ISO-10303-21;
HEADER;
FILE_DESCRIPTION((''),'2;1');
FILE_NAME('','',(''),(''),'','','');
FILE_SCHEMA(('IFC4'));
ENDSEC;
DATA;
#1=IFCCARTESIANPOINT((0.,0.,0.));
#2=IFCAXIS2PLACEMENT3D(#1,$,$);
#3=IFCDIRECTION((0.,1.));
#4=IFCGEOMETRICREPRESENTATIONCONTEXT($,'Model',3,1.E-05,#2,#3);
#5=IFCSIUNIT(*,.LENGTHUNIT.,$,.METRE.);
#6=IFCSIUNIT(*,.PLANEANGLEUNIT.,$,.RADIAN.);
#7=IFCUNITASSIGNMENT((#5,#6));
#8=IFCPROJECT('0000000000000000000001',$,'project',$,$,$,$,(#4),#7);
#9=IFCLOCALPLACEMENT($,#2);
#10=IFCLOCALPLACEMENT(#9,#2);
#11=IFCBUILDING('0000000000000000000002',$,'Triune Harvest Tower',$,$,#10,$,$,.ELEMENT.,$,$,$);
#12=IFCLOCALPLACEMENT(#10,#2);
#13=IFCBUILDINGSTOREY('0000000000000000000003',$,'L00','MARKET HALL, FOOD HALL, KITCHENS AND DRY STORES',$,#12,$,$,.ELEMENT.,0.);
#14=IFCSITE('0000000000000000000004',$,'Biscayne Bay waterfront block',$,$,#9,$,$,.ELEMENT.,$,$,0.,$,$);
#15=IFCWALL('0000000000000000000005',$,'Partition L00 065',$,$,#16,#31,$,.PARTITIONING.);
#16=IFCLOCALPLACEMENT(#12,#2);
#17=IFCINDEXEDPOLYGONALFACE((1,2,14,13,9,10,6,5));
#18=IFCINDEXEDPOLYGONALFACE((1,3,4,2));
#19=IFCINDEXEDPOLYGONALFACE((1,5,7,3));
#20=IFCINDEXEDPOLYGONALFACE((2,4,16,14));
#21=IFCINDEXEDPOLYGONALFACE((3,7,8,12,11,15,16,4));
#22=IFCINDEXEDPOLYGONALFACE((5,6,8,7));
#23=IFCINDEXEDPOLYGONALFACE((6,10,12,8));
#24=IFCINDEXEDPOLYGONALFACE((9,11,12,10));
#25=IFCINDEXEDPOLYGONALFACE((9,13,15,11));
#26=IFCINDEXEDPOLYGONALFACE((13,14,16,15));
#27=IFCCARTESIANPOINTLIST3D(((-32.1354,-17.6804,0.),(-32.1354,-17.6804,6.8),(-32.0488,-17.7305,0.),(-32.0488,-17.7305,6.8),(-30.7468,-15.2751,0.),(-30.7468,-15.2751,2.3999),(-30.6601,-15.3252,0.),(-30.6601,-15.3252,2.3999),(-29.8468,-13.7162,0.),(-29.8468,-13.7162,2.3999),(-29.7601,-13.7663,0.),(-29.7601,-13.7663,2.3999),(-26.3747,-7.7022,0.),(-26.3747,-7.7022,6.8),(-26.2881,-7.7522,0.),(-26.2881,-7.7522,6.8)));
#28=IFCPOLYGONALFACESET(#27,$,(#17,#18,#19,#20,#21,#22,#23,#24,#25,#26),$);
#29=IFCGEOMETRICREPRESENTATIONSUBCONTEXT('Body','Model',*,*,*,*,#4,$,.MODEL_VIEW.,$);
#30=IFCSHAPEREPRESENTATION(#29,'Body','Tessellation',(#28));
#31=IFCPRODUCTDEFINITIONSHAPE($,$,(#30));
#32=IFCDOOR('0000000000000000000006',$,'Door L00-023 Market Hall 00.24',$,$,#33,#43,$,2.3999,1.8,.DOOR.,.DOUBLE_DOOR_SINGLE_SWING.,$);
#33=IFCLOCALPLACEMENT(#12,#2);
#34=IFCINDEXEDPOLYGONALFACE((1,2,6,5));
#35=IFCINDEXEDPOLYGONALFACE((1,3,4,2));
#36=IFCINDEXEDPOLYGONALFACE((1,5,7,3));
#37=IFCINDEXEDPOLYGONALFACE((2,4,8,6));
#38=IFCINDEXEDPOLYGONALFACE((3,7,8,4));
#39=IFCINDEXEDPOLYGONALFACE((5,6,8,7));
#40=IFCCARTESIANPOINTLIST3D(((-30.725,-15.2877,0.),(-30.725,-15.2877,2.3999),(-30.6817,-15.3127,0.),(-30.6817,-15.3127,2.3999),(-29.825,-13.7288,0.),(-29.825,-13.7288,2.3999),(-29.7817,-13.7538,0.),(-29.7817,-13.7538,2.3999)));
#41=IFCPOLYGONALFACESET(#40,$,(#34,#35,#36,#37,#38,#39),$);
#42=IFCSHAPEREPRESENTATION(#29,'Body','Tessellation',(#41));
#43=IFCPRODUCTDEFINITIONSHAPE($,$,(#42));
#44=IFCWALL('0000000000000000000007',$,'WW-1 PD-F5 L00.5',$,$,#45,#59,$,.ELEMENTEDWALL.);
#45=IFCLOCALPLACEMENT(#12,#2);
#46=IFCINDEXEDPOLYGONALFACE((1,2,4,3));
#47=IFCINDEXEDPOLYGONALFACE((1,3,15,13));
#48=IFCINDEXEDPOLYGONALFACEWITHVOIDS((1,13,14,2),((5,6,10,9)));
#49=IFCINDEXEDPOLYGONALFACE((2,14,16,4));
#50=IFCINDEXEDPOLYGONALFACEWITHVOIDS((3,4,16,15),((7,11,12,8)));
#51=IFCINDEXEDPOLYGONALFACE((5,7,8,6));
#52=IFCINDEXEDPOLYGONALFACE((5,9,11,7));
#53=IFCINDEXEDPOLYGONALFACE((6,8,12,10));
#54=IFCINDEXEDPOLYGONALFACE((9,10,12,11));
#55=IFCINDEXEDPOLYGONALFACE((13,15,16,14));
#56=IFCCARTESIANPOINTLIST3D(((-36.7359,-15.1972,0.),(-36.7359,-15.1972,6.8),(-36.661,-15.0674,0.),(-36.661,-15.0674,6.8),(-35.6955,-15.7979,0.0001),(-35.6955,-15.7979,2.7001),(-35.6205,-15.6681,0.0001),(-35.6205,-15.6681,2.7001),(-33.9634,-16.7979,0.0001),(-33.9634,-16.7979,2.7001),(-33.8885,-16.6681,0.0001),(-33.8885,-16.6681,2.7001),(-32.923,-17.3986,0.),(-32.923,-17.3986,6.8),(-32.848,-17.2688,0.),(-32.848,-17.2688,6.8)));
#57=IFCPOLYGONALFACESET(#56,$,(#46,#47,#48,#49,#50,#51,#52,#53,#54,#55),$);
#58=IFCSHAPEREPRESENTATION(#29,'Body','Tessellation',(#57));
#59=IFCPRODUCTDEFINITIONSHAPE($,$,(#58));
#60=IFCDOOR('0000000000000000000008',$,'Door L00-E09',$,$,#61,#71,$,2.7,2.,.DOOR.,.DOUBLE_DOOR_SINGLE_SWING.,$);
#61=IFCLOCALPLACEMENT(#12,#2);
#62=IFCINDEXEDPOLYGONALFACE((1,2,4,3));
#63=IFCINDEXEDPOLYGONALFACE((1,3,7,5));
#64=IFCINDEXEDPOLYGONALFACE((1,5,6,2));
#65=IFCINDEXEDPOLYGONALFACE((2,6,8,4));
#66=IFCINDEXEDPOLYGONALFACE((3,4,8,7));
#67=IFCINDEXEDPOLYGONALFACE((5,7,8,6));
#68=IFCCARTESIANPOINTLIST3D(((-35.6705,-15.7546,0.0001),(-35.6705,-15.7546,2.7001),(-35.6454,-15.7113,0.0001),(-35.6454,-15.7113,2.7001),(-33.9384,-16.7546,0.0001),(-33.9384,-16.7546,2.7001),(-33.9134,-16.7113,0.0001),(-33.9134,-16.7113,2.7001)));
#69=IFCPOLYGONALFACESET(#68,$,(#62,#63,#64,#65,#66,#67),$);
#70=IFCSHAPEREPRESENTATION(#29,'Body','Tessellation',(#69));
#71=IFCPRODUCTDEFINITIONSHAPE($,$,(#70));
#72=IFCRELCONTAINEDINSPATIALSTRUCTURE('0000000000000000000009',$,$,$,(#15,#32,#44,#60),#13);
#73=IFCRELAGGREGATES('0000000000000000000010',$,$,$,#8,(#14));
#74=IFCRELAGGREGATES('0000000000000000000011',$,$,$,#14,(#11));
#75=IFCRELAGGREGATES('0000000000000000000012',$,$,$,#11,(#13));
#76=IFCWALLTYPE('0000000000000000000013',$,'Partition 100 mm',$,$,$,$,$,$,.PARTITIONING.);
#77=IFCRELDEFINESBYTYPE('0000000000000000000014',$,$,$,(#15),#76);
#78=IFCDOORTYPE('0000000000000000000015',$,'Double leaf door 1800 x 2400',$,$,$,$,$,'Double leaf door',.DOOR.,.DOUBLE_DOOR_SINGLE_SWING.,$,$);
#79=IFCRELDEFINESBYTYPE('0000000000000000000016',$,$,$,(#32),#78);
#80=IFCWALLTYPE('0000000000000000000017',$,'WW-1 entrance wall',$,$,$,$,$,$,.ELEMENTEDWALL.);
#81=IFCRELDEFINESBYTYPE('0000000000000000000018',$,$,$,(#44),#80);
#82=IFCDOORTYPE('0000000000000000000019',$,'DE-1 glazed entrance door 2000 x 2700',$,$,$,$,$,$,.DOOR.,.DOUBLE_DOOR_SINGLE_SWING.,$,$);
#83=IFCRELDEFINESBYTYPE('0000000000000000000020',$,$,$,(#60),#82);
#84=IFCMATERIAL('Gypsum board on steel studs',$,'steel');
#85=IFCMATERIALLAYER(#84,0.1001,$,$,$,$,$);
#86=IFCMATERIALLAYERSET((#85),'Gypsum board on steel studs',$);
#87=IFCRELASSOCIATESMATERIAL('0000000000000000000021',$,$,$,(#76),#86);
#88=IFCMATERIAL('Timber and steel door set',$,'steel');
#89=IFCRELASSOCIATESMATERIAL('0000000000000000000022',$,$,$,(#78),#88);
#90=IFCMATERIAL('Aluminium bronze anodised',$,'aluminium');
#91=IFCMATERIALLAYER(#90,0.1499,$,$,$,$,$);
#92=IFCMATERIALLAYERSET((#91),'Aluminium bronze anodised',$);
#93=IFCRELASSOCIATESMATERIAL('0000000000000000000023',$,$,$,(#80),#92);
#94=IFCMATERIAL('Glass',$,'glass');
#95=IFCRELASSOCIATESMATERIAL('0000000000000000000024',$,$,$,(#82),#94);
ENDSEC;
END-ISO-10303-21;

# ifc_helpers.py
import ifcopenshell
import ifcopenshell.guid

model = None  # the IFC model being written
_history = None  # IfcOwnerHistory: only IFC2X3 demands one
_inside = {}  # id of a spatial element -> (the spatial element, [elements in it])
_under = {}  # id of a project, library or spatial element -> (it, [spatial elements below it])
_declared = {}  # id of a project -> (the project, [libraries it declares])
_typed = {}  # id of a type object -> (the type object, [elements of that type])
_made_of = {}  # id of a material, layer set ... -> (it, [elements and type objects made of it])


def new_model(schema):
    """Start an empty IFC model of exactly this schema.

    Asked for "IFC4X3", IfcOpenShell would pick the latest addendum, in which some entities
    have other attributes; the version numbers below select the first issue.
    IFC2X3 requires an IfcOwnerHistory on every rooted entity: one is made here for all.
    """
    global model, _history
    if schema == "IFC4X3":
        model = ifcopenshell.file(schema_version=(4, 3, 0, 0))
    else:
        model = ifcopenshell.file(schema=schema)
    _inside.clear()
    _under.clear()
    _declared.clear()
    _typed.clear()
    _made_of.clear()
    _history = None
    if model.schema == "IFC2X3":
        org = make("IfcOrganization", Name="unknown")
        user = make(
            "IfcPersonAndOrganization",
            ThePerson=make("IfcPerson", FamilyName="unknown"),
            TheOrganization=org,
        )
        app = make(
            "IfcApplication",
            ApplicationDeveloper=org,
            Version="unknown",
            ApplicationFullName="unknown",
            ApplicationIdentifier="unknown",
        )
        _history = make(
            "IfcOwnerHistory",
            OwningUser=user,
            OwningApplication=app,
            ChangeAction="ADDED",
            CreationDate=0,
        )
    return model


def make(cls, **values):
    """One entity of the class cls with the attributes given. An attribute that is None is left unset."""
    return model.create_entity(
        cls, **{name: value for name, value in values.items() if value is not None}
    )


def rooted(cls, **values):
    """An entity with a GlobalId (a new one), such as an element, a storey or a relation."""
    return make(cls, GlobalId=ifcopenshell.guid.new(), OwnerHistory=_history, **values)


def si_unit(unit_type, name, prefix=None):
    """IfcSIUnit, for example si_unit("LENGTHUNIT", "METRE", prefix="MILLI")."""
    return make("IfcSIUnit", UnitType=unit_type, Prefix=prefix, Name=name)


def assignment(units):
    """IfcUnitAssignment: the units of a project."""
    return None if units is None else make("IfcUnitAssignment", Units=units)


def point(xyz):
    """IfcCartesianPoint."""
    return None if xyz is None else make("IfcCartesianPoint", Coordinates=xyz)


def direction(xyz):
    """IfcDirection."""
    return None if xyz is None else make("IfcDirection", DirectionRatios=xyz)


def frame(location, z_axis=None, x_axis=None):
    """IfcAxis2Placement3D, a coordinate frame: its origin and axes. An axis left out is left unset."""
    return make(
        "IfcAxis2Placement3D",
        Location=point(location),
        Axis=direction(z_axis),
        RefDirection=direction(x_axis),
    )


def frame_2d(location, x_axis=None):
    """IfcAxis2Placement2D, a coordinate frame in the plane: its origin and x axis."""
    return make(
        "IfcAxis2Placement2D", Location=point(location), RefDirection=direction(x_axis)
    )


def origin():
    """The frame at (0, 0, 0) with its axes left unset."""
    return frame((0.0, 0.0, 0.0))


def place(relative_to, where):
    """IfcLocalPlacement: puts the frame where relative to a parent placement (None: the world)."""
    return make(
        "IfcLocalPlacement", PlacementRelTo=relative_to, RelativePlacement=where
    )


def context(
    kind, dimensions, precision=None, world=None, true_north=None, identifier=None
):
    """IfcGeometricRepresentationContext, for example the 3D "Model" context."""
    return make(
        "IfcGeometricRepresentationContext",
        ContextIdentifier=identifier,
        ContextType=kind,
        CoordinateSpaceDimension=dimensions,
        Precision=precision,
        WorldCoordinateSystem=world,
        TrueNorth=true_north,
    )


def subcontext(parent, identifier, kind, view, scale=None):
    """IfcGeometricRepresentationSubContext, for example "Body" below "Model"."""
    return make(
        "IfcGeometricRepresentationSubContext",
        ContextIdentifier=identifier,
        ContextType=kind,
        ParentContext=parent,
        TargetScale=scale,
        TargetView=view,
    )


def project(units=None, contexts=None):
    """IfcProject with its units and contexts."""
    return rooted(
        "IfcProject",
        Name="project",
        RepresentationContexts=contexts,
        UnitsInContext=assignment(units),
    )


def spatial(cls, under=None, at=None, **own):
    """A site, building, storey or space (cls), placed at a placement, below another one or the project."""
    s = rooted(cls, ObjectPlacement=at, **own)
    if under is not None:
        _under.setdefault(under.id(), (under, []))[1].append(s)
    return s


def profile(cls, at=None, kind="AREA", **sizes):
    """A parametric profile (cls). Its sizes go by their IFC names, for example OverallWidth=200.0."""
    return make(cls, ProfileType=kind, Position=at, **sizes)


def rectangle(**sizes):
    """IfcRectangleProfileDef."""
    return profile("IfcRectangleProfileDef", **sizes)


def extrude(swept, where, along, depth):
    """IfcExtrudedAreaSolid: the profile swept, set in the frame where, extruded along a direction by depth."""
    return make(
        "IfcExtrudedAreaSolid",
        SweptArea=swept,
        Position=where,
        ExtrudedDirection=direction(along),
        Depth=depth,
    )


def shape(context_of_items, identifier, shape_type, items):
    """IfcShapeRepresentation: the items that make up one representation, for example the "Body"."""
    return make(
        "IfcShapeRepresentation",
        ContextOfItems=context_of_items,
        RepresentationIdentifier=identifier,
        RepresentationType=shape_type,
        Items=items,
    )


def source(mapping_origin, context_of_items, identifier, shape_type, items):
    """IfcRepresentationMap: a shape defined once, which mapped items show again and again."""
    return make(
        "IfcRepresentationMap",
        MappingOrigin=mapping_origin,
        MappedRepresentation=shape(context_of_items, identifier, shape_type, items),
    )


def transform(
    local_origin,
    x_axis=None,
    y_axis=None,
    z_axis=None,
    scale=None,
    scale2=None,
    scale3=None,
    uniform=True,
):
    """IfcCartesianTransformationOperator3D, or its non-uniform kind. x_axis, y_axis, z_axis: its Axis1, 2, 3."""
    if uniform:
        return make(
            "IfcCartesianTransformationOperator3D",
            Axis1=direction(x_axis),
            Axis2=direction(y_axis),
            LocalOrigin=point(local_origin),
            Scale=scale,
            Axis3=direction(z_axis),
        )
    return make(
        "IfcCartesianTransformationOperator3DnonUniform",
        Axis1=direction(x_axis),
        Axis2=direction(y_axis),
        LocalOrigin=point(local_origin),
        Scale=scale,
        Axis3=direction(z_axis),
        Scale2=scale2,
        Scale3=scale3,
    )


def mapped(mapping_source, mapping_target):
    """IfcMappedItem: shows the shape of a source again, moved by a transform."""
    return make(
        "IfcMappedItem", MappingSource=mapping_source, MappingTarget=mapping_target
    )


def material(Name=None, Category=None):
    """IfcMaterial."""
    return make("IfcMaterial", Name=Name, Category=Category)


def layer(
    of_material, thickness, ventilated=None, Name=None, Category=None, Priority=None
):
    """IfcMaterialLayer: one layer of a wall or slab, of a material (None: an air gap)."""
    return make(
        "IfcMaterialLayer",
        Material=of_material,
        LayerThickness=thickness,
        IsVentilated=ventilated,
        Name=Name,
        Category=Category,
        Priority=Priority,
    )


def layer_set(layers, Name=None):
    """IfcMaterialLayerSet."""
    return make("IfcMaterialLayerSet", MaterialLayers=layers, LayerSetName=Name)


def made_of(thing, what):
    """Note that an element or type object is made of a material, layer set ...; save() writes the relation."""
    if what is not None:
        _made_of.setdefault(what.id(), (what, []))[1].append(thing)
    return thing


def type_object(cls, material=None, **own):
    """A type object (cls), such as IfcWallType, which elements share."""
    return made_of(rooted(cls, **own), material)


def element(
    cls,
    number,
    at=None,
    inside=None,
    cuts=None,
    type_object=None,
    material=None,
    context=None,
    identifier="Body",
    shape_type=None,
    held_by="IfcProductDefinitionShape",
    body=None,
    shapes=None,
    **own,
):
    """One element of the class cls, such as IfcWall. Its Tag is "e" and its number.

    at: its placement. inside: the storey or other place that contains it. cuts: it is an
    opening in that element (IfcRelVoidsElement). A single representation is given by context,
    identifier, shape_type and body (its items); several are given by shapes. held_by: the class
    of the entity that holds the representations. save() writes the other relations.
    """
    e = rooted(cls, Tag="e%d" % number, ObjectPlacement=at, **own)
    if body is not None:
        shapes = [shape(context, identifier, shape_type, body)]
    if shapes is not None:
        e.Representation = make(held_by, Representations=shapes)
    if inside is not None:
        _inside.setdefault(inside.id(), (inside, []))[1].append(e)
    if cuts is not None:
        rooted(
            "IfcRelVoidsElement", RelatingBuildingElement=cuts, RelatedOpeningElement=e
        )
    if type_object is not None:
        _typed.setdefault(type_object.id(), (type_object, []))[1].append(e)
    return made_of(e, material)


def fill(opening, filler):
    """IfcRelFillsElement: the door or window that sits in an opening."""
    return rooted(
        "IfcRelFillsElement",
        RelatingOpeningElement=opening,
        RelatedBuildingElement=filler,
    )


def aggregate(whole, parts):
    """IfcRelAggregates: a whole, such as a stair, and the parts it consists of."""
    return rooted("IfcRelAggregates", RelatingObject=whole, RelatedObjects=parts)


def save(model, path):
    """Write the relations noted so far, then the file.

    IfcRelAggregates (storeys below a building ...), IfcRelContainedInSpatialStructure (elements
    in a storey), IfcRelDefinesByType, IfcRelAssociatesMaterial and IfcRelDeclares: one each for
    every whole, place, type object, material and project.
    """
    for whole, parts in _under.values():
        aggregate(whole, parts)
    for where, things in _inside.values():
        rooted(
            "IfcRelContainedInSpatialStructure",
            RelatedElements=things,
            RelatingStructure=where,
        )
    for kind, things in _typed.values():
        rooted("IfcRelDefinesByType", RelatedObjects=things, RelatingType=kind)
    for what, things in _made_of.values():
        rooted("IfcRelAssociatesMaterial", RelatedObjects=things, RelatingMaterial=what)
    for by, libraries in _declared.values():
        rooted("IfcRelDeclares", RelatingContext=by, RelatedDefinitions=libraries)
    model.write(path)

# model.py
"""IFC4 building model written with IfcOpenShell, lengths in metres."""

from ifc_helpers import new_model, si_unit, direction, frame, frame_2d, origin, place, context, subcontext, project, spatial, rectangle, extrude, source, transform, mapped, material, layer, layer_set, type_object, element, fill, save


model = new_model("IFC4")

# Units and contexts
model_context = context("Model", 3, precision=1e-05, world=origin(), true_north=direction((0.0, 1.0)))
body_context = subcontext(model_context, "Body", "Model", "MODEL_VIEW")
ifc_project = project(units=[si_unit("LENGTHUNIT", "METRE"), si_unit("PLANEANGLEUNIT", "RADIAN")], contexts=[model_context])

# Site, building, storey
site_placement = place(None, origin())
site = spatial("IfcSite", under=ifc_project, at=site_placement, Name="Biscayne Bay waterfront block", CompositionType="ELEMENT", RefElevation=0.0)
building_placement = place(site_placement, origin())
building = spatial("IfcBuilding", under=site, at=building_placement, Name="Triune Harvest Tower", CompositionType="ELEMENT")
storey_placement = place(building_placement, origin())
storey = spatial("IfcBuildingStorey", under=building, at=storey_placement, Name="L00", Description="MARKET HALL, FOOD HALL, KITCHENS AND DRY STORES", CompositionType="ELEMENT", Elevation=0.0)

# Shared definitions
ifc_material_1 = material(Name="Gypsum board on steel studs", Category="steel")
ifc_layer_1 = layer(ifc_material_1, 0.1001)
ifc_layer_set_1 = layer_set([ifc_layer_1], Name="Gypsum board on steel studs")
wall_type_1 = type_object("IfcWallType", Name="Partition 100 mm", PredefinedType="PARTITIONING", material=ifc_layer_set_1)

# Walls, openings, doors
wall_1_placement = place(storey_placement, frame((-32.092, -17.7053, 0.0), z_axis=(0.0, 0.0, 1.0), x_axis=(0.499986, 0.866034, 0.0)))
wall_1 = element("IfcWall", 1, at=wall_1_placement, inside=storey, type_object=wall_type_1, Name="Partition L00 065", PredefinedType="PARTITIONING", context=body_context, shape_type="SweptSolid", body=[
    extrude(rectangle(XDim=11.5217, YDim=0.1001, at=frame_2d((5.7607, 0.0))), origin(), (0.0, 0.0, 1.0), 6.8),
])
opening_1_placement = place(wall_1_placement, frame((2.7773, 0.0, 0.0)))
opening_1 = element("IfcOpeningElement", 2, at=opening_1_placement, cuts=wall_1, PredefinedType="OPENING", context=body_context, shape_type="SweptSolid", body=[
    extrude(rectangle(XDim=1.8, YDim=2.3999, at=frame_2d((0.8999, 1.2))), frame((0.0, 0.0601, 0.0), z_axis=(0.0, -1.0, 0.0), x_axis=(1.0, 0.0, 0.0)), (0.0, 0.0, 1.0), 0.1201),
])
ifc_material_2 = material(Name="Timber and steel door set", Category="steel")
door_type_1 = type_object("IfcDoorType", Name="Double leaf door 1800 x 2400", ElementType="Double leaf door", OperationType="DOUBLE_DOOR_SINGLE_SWING", PredefinedType="DOOR", material=ifc_material_2)
door_1_placement = place(opening_1_placement, origin())
door_1 = element("IfcDoor", 3, at=door_1_placement, inside=storey, type_object=door_type_1, Name="Door L00-023 Market Hall 00.24", OperationType="DOUBLE_DOOR_SINGLE_SWING", OverallHeight=2.3999, OverallWidth=1.8, PredefinedType="DOOR", context=body_context, shape_type="SweptSolid", body=[
    extrude(rectangle(XDim=1.8, YDim=2.3999, at=frame_2d((0.8999, 1.2))), frame((0.0, 0.0249, 0.0), z_axis=(0.0, -1.0, 0.0), x_axis=(1.0, 0.0, 0.0)), (0.0, 0.0, 1.0), 0.05),
])
fill(opening_1, door_1)
ifc_material_3 = material(Name="Aluminium bronze anodised", Category="aluminium")
ifc_layer_2 = layer(ifc_material_3, 0.1499)
ifc_layer_set_2 = layer_set([ifc_layer_2], Name="Aluminium bronze anodised")
wall_type_2 = type_object("IfcWallType", Name="WW-1 entrance wall", PredefinedType="ELEMENTEDWALL", material=ifc_layer_set_2)
shared_shape_1 = source(origin(), body_context, "Body", "SweptSolid", [
    extrude(rectangle(XDim=4.4028, YDim=0.1499, at=frame_2d((2.2014, 0.0))), origin(), (0.0, 0.0, 1.0), 6.8),
])
wall_2_placement = place(storey_placement, frame((-32.8855, -17.3337, 0.0), z_axis=(0.0, 0.0, 1.0), x_axis=(-0.866027, 0.499998, 0.0)))
wall_2 = element("IfcWall", 4, at=wall_2_placement, inside=storey, type_object=wall_type_2, Name="WW-1 PD-F5 L00.5", PredefinedType="ELEMENTEDWALL", context=body_context, shape_type="MappedRepresentation", body=[
    mapped(shared_shape_1, transform((0.0, 0.0, 0.0), scale=1.0)),
])
opening_2_placement = place(wall_2_placement, frame((1.2014, 0.0, 0.0)))
opening_2 = element("IfcOpeningElement", 5, at=opening_2_placement, cuts=wall_2, PredefinedType="OPENING", context=body_context, shape_type="SweptSolid", body=[
    extrude(rectangle(XDim=2.0, YDim=2.7, at=frame_2d((1.0, 1.3501))), frame((0.0, 0.085, 0.0), z_axis=(0.0, -1.0, 0.0), x_axis=(1.0, 0.0, 0.0)), (0.0, 0.0, 1.0), 0.1699),
])
ifc_material_4 = material(Name="Glass", Category="glass")
door_type_2 = type_object("IfcDoorType", Name="DE-1 glazed entrance door 2000 x 2700", OperationType="DOUBLE_DOOR_SINGLE_SWING", PredefinedType="DOOR", material=ifc_material_4)
door_2_placement = place(opening_2_placement, origin())
door_2 = element("IfcDoor", 6, at=door_2_placement, inside=storey, type_object=door_type_2, Name="Door L00-E09", OperationType="DOUBLE_DOOR_SINGLE_SWING", OverallHeight=2.7, OverallWidth=2.0, PredefinedType="DOOR", context=body_context, shape_type="SweptSolid", body=[
    extrude(rectangle(XDim=2.0, YDim=2.7, at=frame_2d((1.0, 1.3501))), frame((0.0, 0.0249, 0.0), z_axis=(0.0, -1.0, 0.0), x_axis=(1.0, 0.0, 0.0)), (0.0, 0.0, 1.0), 0.05),
])
fill(opening_2, door_2)

save(model, "model.ifc")
